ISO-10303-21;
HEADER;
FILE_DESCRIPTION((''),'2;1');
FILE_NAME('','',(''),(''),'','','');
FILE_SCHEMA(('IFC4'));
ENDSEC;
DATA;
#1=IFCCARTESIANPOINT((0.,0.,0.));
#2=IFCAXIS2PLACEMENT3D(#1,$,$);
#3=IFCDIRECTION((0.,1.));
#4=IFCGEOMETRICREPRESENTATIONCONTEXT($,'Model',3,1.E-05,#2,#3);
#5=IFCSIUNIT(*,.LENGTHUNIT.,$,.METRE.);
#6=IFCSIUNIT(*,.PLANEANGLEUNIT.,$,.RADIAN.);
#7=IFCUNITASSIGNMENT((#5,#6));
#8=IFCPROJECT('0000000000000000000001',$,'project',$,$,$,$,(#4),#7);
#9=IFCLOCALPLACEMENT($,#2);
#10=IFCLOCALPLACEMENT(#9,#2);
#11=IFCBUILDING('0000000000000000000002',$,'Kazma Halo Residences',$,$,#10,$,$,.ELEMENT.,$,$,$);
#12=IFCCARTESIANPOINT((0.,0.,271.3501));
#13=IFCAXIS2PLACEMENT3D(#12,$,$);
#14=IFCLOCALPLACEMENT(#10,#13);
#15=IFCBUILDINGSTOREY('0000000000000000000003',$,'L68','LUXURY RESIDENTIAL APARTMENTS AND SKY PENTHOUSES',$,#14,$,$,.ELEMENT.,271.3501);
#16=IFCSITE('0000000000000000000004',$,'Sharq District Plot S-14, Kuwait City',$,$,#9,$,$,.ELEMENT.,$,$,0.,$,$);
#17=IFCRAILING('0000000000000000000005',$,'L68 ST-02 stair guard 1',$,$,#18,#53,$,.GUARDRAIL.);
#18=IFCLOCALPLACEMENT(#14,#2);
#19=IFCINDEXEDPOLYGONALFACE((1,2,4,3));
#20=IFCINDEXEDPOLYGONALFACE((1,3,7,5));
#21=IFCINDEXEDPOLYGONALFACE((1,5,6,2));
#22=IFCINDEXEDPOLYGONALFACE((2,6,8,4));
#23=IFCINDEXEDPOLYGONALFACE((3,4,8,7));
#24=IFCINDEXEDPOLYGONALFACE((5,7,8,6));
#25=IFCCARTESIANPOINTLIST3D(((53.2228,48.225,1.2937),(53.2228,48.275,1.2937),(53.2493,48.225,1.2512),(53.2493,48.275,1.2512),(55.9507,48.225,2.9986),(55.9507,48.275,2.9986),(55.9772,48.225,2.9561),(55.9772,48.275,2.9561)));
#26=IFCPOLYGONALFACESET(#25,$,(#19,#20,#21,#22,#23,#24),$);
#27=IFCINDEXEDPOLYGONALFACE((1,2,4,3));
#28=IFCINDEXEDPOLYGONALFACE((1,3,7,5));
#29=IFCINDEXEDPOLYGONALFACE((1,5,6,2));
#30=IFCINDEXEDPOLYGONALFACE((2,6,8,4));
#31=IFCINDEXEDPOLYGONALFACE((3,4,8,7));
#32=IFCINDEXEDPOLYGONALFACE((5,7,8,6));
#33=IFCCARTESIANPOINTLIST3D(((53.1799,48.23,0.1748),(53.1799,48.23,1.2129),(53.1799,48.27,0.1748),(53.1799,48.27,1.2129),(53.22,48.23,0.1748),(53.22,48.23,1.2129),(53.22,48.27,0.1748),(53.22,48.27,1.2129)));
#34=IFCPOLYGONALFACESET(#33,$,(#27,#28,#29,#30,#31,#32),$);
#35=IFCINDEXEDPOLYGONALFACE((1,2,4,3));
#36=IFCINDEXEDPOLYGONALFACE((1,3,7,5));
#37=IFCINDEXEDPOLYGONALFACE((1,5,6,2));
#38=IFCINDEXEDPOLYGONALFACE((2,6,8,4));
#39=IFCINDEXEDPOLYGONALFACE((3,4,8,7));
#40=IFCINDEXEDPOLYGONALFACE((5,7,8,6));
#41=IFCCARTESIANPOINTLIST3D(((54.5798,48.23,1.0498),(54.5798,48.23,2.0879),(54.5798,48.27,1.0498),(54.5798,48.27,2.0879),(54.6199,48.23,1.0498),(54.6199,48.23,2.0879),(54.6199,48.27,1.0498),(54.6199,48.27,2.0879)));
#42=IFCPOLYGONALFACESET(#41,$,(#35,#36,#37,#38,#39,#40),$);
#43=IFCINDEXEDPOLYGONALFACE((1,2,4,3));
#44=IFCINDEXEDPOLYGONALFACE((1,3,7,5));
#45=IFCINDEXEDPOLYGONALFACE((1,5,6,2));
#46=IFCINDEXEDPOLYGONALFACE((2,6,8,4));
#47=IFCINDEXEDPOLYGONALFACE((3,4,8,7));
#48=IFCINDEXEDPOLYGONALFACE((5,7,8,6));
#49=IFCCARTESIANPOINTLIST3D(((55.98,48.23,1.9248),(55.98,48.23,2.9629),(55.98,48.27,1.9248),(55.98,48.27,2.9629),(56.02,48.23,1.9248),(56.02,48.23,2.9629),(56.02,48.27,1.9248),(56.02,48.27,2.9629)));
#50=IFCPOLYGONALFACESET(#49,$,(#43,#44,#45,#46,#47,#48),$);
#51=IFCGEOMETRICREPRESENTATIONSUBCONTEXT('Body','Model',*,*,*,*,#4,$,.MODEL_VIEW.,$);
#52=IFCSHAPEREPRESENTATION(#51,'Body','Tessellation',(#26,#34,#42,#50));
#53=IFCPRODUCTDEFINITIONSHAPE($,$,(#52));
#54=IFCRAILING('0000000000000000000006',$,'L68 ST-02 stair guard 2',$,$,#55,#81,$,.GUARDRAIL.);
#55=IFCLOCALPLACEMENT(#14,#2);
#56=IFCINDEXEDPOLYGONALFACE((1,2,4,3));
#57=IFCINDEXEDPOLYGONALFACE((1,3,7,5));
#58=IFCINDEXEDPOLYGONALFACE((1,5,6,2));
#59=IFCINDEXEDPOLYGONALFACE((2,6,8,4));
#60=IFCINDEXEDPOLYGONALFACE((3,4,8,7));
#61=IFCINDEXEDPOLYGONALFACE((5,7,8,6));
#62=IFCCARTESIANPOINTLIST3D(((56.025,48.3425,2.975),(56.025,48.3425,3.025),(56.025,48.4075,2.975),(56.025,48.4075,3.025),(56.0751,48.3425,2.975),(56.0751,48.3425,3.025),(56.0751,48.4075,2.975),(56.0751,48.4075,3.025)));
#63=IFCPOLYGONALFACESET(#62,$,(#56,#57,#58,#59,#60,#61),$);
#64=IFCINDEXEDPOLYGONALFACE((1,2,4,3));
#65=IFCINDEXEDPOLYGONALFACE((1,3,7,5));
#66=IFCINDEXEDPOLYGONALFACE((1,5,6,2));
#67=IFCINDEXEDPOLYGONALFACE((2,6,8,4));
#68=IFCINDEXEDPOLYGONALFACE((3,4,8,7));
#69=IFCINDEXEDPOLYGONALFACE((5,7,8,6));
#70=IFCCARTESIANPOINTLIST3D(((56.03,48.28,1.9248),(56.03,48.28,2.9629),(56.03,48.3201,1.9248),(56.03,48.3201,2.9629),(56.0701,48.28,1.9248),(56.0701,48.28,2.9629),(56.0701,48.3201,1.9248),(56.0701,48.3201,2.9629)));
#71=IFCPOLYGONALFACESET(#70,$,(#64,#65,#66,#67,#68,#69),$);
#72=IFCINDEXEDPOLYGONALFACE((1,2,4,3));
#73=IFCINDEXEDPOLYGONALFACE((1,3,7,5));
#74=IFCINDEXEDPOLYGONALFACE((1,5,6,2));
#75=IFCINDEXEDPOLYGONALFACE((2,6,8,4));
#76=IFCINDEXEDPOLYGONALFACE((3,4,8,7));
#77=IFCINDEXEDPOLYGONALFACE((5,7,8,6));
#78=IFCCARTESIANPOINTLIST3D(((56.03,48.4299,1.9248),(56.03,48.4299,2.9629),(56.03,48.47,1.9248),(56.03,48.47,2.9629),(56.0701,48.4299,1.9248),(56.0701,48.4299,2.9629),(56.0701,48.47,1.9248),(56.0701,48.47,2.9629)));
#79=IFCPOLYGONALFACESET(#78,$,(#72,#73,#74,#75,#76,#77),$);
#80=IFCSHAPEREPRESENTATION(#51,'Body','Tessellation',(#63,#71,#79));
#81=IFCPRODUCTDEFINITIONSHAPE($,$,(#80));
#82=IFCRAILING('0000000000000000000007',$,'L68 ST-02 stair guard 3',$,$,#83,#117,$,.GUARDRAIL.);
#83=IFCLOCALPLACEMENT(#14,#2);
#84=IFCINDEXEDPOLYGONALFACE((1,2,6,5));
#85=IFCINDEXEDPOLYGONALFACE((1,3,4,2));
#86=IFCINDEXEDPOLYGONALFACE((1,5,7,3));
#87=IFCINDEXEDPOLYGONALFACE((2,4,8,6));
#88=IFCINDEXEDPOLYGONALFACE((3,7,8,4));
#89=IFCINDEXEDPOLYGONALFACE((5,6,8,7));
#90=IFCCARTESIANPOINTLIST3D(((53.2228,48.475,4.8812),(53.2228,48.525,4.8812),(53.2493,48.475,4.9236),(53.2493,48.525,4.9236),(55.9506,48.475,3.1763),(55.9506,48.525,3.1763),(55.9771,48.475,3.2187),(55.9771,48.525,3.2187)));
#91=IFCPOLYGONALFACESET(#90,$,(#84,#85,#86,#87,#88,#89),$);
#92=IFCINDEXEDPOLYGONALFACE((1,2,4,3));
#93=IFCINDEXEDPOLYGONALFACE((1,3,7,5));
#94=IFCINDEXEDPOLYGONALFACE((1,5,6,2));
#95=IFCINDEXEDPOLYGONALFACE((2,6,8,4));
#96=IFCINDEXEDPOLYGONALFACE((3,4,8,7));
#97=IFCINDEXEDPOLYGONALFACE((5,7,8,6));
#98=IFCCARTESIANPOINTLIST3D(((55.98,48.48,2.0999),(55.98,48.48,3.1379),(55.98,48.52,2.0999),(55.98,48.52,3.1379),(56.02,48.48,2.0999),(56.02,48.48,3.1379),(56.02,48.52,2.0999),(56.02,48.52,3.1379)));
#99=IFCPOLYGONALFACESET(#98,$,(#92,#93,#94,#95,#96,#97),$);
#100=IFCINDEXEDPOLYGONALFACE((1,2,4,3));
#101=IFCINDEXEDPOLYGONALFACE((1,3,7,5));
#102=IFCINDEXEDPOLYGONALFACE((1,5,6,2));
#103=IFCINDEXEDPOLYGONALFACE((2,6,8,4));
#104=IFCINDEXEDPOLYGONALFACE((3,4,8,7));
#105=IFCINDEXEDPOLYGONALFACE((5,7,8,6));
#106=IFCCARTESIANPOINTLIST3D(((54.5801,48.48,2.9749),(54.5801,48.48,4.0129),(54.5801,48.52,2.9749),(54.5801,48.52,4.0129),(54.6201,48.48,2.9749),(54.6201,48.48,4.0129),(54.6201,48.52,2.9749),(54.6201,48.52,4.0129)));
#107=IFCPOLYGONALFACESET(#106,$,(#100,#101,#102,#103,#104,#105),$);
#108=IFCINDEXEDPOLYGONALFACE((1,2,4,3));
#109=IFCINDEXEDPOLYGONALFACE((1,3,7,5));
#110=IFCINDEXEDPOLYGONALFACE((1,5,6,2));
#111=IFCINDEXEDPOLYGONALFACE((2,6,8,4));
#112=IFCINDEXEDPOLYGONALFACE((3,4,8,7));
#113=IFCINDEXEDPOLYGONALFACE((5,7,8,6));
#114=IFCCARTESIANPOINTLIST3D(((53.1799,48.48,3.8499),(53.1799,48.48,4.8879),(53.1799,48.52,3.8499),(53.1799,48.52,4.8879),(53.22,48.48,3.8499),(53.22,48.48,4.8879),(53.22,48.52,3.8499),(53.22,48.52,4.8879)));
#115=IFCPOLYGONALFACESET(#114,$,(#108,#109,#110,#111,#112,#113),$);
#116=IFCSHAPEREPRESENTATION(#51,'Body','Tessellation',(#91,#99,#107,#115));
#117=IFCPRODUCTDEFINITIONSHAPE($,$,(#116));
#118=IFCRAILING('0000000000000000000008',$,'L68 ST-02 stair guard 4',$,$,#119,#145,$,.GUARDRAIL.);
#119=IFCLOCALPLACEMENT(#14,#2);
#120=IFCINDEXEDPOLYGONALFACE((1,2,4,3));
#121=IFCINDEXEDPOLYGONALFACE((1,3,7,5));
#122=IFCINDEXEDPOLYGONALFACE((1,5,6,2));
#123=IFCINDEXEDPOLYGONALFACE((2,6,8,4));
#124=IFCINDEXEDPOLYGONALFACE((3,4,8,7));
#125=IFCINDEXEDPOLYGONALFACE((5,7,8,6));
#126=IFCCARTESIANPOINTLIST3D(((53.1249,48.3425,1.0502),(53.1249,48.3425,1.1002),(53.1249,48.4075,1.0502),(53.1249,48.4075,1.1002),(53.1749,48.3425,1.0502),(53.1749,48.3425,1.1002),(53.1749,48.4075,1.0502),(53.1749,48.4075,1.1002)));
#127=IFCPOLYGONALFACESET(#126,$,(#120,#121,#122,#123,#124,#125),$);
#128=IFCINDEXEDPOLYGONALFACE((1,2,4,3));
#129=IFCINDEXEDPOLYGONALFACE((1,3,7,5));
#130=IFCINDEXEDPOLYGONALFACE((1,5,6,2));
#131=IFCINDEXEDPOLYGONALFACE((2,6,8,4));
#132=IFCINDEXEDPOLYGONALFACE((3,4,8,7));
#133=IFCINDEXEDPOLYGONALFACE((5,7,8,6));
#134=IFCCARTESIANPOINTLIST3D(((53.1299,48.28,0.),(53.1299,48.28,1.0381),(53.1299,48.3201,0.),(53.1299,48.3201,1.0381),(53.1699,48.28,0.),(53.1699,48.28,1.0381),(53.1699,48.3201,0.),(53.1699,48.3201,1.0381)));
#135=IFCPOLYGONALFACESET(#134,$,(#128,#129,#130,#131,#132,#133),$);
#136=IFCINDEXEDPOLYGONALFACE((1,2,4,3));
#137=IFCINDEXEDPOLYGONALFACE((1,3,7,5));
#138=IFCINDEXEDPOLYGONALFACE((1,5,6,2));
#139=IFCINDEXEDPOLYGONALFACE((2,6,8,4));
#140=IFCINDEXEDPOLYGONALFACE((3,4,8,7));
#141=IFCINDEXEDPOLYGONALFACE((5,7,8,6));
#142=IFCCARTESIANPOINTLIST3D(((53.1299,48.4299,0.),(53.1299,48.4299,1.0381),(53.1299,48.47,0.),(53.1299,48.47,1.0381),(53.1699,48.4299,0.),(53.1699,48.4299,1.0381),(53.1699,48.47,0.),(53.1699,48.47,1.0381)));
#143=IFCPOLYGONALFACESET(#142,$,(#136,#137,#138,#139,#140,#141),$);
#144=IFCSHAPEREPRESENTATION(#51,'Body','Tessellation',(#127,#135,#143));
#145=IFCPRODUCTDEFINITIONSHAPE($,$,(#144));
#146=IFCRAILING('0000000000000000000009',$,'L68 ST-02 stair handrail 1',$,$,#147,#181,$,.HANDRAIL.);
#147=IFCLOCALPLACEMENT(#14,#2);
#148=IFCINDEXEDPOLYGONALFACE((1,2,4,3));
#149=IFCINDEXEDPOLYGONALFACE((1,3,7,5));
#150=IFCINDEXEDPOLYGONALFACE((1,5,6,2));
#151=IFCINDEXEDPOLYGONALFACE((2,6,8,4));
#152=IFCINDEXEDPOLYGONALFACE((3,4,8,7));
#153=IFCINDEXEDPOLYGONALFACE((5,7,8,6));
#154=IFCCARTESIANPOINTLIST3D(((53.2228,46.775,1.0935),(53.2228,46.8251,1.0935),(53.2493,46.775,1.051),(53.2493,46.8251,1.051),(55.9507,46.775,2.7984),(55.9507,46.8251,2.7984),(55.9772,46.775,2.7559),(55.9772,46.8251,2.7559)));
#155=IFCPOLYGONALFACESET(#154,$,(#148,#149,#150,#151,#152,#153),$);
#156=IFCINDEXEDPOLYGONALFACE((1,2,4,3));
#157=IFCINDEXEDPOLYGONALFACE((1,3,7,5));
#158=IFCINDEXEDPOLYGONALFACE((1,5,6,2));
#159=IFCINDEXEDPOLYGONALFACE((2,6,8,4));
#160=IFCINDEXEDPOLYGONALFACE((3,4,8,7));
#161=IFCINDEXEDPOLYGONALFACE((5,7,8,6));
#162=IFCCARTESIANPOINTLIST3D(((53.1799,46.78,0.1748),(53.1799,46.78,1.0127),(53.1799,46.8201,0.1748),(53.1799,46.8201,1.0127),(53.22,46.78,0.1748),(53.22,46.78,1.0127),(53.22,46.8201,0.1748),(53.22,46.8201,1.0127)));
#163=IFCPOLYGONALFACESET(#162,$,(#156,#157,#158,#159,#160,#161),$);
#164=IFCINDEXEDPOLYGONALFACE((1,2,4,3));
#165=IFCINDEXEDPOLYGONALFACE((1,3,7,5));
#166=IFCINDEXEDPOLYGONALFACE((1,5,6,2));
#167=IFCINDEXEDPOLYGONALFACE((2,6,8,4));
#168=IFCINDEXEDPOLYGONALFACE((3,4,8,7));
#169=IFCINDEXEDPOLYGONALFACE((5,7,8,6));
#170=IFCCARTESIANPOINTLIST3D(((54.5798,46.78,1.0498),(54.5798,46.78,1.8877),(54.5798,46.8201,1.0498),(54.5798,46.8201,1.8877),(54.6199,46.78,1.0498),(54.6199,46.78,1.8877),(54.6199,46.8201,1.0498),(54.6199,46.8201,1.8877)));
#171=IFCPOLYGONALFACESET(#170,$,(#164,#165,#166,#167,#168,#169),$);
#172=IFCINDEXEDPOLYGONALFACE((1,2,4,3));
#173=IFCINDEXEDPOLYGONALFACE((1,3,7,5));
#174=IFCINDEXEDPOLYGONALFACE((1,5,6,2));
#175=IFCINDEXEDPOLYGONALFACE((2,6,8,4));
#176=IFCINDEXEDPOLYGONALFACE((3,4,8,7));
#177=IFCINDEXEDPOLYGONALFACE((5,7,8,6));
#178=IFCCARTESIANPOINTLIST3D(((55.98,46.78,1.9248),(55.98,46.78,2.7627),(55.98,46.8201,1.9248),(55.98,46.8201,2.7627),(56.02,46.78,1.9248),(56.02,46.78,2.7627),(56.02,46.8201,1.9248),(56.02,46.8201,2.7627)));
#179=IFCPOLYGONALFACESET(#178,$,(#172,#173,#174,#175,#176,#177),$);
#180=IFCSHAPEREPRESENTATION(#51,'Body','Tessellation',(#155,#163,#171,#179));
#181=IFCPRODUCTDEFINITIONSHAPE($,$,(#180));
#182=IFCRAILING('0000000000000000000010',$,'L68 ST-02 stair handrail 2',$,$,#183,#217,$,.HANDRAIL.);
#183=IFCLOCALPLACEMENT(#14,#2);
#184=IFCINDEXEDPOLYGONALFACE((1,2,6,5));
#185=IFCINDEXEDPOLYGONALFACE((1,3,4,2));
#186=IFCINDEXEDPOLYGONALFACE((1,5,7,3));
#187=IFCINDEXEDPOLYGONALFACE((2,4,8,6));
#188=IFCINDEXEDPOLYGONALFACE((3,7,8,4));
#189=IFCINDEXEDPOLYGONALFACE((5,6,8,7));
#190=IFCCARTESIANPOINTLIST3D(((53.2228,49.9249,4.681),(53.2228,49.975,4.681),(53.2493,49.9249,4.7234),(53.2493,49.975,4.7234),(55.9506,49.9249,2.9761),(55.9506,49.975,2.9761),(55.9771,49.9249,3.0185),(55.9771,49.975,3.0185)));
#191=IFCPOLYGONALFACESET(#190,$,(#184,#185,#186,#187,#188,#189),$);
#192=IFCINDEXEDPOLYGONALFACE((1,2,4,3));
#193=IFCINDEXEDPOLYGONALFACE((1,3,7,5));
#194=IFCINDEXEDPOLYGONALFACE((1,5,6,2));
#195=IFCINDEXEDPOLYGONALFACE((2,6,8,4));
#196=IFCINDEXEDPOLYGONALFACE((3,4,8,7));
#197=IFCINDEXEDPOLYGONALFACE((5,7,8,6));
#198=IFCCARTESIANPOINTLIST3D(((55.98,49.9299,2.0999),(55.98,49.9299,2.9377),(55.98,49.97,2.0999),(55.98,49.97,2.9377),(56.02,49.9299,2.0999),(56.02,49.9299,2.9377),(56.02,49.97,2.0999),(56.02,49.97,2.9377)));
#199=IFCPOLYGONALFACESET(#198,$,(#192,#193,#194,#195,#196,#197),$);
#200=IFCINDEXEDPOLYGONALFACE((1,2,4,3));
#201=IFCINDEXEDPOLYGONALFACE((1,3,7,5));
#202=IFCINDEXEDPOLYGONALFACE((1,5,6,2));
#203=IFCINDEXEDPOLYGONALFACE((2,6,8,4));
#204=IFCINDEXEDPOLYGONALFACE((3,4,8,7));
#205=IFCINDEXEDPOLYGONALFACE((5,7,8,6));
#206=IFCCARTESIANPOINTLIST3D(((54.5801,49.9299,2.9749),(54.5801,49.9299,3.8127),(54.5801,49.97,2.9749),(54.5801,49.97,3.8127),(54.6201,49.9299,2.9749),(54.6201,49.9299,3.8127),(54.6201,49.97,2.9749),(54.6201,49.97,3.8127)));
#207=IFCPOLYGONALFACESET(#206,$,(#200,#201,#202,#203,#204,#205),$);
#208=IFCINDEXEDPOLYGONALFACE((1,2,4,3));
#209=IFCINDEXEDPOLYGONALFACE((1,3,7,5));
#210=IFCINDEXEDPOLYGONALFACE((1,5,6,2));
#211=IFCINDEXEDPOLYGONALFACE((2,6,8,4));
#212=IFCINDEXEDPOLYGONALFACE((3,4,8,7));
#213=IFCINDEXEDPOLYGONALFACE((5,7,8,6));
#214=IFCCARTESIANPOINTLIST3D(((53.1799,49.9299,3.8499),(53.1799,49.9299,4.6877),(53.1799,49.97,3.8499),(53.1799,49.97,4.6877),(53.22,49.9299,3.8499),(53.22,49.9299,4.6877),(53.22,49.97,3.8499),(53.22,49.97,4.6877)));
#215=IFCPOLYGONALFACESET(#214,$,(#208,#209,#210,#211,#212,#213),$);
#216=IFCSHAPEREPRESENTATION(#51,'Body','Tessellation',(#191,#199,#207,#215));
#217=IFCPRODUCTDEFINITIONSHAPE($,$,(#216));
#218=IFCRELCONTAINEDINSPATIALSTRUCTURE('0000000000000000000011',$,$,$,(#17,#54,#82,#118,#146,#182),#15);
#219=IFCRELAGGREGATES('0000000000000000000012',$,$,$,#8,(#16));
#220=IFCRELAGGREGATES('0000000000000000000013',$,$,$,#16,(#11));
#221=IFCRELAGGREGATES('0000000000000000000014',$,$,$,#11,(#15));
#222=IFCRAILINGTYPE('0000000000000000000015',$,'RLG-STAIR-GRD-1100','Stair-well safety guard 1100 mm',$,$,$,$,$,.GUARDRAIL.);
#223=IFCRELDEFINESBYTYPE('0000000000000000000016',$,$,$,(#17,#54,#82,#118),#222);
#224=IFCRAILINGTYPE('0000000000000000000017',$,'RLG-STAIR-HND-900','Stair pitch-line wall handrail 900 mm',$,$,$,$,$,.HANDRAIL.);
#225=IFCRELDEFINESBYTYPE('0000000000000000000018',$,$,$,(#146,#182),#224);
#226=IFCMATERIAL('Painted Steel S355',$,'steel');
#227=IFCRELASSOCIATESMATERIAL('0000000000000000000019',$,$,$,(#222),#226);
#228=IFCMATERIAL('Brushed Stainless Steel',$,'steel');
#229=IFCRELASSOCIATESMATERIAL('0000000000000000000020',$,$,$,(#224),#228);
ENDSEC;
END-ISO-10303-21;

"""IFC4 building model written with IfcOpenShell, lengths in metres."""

from ifc_helpers import new_model, si_unit, direction, frame, origin, origin_2d, place, context, subcontext, project, spatial, rectangle, extrude, material, type_object, element, save


model = new_model("IFC4")

# Units and contexts
model_context = context("Model", 3, precision=1e-05, world=origin(), true_north=direction((0.0, 1.0)))
body_context = subcontext(model_context, "Body", "Model", "MODEL_VIEW")
ifc_project = project(units=[si_unit("LENGTHUNIT", "METRE"), si_unit("PLANEANGLEUNIT", "RADIAN")], contexts=[model_context])

# Site, building, storey
site_placement = place(None, origin())
site = spatial("IfcSite", under=ifc_project, at=site_placement, Name="Sharq District Plot S-14, Kuwait City", CompositionType="ELEMENT", RefElevation=0.0)
building_placement = place(site_placement, origin())
building = spatial("IfcBuilding", under=site, at=building_placement, Name="Kazma Halo Residences", CompositionType="ELEMENT")
storey_placement = place(building_placement, frame((0.0, 0.0, 271.3501)))
storey = spatial("IfcBuildingStorey", under=building, at=storey_placement, Name="L68", Description="LUXURY RESIDENTIAL APARTMENTS AND SKY PENTHOUSES", CompositionType="ELEMENT", Elevation=271.3501)

# Railings
ifc_material_1 = material(Name="Painted Steel S355", Category="steel")
railing_type_1 = type_object("IfcRailingType", Name="RLG-STAIR-GRD-1100", Description="Stair-well safety guard 1100 mm", PredefinedType="GUARDRAIL", material=ifc_material_1)
railing_1_placement = place(storey_placement, frame((53.2, 48.25, 0.1748)))
element("IfcRailing", 1, at=railing_1_placement, inside=storey, type_object=railing_type_1, Name="L68 ST-02 stair guard 1", PredefinedType="GUARDRAIL", context=body_context, shape_type="SweptSolid", body=[
    extrude(rectangle(XDim=0.05, YDim=0.05, at=origin_2d()), frame((0.0361, 0.0, 1.0977), z_axis=(0.848002, 0.0, 0.529992), x_axis=(0.0, 1.0, 0.0)), (0.0, 0.0, 1.0), 3.2168),
    extrude(rectangle(XDim=0.04, YDim=0.04, at=origin_2d()), origin(), (0.0, 0.0, 1.0), 1.0381),
    extrude(rectangle(XDim=0.04, YDim=0.04, at=origin_2d()), frame((1.3999, 0.0, 0.875)), (0.0, 0.0, 1.0), 1.0381),
    extrude(rectangle(XDim=0.04, YDim=0.04, at=origin_2d()), frame((2.8, 0.0, 1.75)), (0.0, 0.0, 1.0), 1.0381),
])
railing_2_placement = place(storey_placement, frame((56.05, 48.3, 1.9248)))
element("IfcRailing", 2, at=railing_2_placement, inside=storey, type_object=railing_type_1, Name="L68 ST-02 stair guard 2", PredefinedType="GUARDRAIL", context=body_context, shape_type="SweptSolid", body=[
    extrude(rectangle(XDim=0.05, YDim=0.05, at=origin_2d()), frame((0.0, 0.0425, 1.0752), z_axis=(0.0, 1.0, 0.0), x_axis=(-1.0, 0.0, 0.0)), (0.0, 0.0, 1.0), 0.0649),
    extrude(rectangle(XDim=0.04, YDim=0.04, at=origin_2d()), origin(), (0.0, 0.0, 1.0), 1.0381),
    extrude(rectangle(XDim=0.04, YDim=0.04, at=origin_2d()), frame((0.0, 0.1499, 0.0)), (0.0, 0.0, 1.0), 1.0381),
])
railing_3_placement = place(storey_placement, frame((56.0, 48.5, 2.0999)))
element("IfcRailing", 3, at=railing_3_placement, inside=storey, type_object=railing_type_1, Name="L68 ST-02 stair guard 3", PredefinedType="GUARDRAIL", context=body_context, shape_type="SweptSolid", body=[
    extrude(rectangle(XDim=0.05, YDim=0.05, at=origin_2d()), frame((-0.0361, 0.0, 1.0977), z_axis=(-0.848002, 0.0, 0.529992), x_axis=(0.0, -1.0, 0.0)), (0.0, 0.0, 1.0), 3.2168),
    extrude(rectangle(XDim=0.04, YDim=0.04, at=origin_2d()), origin(), (0.0, 0.0, 1.0), 1.0381),
    extrude(rectangle(XDim=0.04, YDim=0.04, at=origin_2d()), frame((-1.3999, 0.0, 0.875)), (0.0, 0.0, 1.0), 1.0381),
    extrude(rectangle(XDim=0.04, YDim=0.04, at=origin_2d()), frame((-2.8, 0.0, 1.75)), (0.0, 0.0, 1.0), 1.0381),
])
railing_4_placement = place(storey_placement, frame((53.1499, 48.3, 0.0)))
element("IfcRailing", 4, at=railing_4_placement, inside=storey, type_object=railing_type_1, Name="L68 ST-02 stair guard 4", PredefinedType="GUARDRAIL", context=body_context, shape_type="SweptSolid", body=[
    extrude(rectangle(XDim=0.05, YDim=0.05, at=origin_2d()), frame((0.0, 0.0425, 1.0752), z_axis=(0.0, 1.0, 0.0), x_axis=(-1.0, 0.0, 0.0)), (0.0, 0.0, 1.0), 0.0649),
    extrude(rectangle(XDim=0.04, YDim=0.04, at=origin_2d()), origin(), (0.0, 0.0, 1.0), 1.0381),
    extrude(rectangle(XDim=0.04, YDim=0.04, at=origin_2d()), frame((0.0, 0.1499, 0.0)), (0.0, 0.0, 1.0), 1.0381),
])
ifc_material_2 = material(Name="Brushed Stainless Steel", Category="steel")
railing_type_2 = type_object("IfcRailingType", Name="RLG-STAIR-HND-900", Description="Stair pitch-line wall handrail 900 mm", PredefinedType="HANDRAIL", material=ifc_material_2)
railing_5_placement = place(storey_placement, frame((53.2, 46.8, 0.1748)))
element("IfcRailing", 5, at=railing_5_placement, inside=storey, type_object=railing_type_2, Name="L68 ST-02 stair handrail 1", PredefinedType="HANDRAIL", context=body_context, shape_type="SweptSolid", body=[
    extrude(rectangle(XDim=0.05, YDim=0.05, at=origin_2d()), frame((0.0361, 0.0, 0.8975), z_axis=(0.848002, 0.0, 0.529992), x_axis=(0.0, 1.0, 0.0)), (0.0, 0.0, 1.0), 3.2168),
    extrude(rectangle(XDim=0.04, YDim=0.04, at=origin_2d()), origin(), (0.0, 0.0, 1.0), 0.8379),
    extrude(rectangle(XDim=0.04, YDim=0.04, at=origin_2d()), frame((1.3999, 0.0, 0.875)), (0.0, 0.0, 1.0), 0.8379),
    extrude(rectangle(XDim=0.04, YDim=0.04, at=origin_2d()), frame((2.8, 0.0, 1.75)), (0.0, 0.0, 1.0), 0.8379),
])
railing_6_placement = place(storey_placement, frame((56.0, 49.95, 2.0999)))
element("IfcRailing", 6, at=railing_6_placement, inside=storey, type_object=railing_type_2, Name="L68 ST-02 stair handrail 2", PredefinedType="HANDRAIL", context=body_context, shape_type="SweptSolid", body=[
    extrude(rectangle(XDim=0.05, YDim=0.05, at=origin_2d()), frame((-0.0361, 0.0, 0.8975), z_axis=(-0.848002, 0.0, 0.529992), x_axis=(0.0, -1.0, 0.0)), (0.0, 0.0, 1.0), 3.2168),
    extrude(rectangle(XDim=0.04, YDim=0.04, at=origin_2d()), origin(), (0.0, 0.0, 1.0), 0.8379),
    extrude(rectangle(XDim=0.04, YDim=0.04, at=origin_2d()), frame((-1.3999, 0.0, 0.875)), (0.0, 0.0, 1.0), 0.8379),
    extrude(rectangle(XDim=0.04, YDim=0.04, at=origin_2d()), frame((-2.8, 0.0, 1.75)), (0.0, 0.0, 1.0), 0.8379),
])

save(model, "model.ifc")
